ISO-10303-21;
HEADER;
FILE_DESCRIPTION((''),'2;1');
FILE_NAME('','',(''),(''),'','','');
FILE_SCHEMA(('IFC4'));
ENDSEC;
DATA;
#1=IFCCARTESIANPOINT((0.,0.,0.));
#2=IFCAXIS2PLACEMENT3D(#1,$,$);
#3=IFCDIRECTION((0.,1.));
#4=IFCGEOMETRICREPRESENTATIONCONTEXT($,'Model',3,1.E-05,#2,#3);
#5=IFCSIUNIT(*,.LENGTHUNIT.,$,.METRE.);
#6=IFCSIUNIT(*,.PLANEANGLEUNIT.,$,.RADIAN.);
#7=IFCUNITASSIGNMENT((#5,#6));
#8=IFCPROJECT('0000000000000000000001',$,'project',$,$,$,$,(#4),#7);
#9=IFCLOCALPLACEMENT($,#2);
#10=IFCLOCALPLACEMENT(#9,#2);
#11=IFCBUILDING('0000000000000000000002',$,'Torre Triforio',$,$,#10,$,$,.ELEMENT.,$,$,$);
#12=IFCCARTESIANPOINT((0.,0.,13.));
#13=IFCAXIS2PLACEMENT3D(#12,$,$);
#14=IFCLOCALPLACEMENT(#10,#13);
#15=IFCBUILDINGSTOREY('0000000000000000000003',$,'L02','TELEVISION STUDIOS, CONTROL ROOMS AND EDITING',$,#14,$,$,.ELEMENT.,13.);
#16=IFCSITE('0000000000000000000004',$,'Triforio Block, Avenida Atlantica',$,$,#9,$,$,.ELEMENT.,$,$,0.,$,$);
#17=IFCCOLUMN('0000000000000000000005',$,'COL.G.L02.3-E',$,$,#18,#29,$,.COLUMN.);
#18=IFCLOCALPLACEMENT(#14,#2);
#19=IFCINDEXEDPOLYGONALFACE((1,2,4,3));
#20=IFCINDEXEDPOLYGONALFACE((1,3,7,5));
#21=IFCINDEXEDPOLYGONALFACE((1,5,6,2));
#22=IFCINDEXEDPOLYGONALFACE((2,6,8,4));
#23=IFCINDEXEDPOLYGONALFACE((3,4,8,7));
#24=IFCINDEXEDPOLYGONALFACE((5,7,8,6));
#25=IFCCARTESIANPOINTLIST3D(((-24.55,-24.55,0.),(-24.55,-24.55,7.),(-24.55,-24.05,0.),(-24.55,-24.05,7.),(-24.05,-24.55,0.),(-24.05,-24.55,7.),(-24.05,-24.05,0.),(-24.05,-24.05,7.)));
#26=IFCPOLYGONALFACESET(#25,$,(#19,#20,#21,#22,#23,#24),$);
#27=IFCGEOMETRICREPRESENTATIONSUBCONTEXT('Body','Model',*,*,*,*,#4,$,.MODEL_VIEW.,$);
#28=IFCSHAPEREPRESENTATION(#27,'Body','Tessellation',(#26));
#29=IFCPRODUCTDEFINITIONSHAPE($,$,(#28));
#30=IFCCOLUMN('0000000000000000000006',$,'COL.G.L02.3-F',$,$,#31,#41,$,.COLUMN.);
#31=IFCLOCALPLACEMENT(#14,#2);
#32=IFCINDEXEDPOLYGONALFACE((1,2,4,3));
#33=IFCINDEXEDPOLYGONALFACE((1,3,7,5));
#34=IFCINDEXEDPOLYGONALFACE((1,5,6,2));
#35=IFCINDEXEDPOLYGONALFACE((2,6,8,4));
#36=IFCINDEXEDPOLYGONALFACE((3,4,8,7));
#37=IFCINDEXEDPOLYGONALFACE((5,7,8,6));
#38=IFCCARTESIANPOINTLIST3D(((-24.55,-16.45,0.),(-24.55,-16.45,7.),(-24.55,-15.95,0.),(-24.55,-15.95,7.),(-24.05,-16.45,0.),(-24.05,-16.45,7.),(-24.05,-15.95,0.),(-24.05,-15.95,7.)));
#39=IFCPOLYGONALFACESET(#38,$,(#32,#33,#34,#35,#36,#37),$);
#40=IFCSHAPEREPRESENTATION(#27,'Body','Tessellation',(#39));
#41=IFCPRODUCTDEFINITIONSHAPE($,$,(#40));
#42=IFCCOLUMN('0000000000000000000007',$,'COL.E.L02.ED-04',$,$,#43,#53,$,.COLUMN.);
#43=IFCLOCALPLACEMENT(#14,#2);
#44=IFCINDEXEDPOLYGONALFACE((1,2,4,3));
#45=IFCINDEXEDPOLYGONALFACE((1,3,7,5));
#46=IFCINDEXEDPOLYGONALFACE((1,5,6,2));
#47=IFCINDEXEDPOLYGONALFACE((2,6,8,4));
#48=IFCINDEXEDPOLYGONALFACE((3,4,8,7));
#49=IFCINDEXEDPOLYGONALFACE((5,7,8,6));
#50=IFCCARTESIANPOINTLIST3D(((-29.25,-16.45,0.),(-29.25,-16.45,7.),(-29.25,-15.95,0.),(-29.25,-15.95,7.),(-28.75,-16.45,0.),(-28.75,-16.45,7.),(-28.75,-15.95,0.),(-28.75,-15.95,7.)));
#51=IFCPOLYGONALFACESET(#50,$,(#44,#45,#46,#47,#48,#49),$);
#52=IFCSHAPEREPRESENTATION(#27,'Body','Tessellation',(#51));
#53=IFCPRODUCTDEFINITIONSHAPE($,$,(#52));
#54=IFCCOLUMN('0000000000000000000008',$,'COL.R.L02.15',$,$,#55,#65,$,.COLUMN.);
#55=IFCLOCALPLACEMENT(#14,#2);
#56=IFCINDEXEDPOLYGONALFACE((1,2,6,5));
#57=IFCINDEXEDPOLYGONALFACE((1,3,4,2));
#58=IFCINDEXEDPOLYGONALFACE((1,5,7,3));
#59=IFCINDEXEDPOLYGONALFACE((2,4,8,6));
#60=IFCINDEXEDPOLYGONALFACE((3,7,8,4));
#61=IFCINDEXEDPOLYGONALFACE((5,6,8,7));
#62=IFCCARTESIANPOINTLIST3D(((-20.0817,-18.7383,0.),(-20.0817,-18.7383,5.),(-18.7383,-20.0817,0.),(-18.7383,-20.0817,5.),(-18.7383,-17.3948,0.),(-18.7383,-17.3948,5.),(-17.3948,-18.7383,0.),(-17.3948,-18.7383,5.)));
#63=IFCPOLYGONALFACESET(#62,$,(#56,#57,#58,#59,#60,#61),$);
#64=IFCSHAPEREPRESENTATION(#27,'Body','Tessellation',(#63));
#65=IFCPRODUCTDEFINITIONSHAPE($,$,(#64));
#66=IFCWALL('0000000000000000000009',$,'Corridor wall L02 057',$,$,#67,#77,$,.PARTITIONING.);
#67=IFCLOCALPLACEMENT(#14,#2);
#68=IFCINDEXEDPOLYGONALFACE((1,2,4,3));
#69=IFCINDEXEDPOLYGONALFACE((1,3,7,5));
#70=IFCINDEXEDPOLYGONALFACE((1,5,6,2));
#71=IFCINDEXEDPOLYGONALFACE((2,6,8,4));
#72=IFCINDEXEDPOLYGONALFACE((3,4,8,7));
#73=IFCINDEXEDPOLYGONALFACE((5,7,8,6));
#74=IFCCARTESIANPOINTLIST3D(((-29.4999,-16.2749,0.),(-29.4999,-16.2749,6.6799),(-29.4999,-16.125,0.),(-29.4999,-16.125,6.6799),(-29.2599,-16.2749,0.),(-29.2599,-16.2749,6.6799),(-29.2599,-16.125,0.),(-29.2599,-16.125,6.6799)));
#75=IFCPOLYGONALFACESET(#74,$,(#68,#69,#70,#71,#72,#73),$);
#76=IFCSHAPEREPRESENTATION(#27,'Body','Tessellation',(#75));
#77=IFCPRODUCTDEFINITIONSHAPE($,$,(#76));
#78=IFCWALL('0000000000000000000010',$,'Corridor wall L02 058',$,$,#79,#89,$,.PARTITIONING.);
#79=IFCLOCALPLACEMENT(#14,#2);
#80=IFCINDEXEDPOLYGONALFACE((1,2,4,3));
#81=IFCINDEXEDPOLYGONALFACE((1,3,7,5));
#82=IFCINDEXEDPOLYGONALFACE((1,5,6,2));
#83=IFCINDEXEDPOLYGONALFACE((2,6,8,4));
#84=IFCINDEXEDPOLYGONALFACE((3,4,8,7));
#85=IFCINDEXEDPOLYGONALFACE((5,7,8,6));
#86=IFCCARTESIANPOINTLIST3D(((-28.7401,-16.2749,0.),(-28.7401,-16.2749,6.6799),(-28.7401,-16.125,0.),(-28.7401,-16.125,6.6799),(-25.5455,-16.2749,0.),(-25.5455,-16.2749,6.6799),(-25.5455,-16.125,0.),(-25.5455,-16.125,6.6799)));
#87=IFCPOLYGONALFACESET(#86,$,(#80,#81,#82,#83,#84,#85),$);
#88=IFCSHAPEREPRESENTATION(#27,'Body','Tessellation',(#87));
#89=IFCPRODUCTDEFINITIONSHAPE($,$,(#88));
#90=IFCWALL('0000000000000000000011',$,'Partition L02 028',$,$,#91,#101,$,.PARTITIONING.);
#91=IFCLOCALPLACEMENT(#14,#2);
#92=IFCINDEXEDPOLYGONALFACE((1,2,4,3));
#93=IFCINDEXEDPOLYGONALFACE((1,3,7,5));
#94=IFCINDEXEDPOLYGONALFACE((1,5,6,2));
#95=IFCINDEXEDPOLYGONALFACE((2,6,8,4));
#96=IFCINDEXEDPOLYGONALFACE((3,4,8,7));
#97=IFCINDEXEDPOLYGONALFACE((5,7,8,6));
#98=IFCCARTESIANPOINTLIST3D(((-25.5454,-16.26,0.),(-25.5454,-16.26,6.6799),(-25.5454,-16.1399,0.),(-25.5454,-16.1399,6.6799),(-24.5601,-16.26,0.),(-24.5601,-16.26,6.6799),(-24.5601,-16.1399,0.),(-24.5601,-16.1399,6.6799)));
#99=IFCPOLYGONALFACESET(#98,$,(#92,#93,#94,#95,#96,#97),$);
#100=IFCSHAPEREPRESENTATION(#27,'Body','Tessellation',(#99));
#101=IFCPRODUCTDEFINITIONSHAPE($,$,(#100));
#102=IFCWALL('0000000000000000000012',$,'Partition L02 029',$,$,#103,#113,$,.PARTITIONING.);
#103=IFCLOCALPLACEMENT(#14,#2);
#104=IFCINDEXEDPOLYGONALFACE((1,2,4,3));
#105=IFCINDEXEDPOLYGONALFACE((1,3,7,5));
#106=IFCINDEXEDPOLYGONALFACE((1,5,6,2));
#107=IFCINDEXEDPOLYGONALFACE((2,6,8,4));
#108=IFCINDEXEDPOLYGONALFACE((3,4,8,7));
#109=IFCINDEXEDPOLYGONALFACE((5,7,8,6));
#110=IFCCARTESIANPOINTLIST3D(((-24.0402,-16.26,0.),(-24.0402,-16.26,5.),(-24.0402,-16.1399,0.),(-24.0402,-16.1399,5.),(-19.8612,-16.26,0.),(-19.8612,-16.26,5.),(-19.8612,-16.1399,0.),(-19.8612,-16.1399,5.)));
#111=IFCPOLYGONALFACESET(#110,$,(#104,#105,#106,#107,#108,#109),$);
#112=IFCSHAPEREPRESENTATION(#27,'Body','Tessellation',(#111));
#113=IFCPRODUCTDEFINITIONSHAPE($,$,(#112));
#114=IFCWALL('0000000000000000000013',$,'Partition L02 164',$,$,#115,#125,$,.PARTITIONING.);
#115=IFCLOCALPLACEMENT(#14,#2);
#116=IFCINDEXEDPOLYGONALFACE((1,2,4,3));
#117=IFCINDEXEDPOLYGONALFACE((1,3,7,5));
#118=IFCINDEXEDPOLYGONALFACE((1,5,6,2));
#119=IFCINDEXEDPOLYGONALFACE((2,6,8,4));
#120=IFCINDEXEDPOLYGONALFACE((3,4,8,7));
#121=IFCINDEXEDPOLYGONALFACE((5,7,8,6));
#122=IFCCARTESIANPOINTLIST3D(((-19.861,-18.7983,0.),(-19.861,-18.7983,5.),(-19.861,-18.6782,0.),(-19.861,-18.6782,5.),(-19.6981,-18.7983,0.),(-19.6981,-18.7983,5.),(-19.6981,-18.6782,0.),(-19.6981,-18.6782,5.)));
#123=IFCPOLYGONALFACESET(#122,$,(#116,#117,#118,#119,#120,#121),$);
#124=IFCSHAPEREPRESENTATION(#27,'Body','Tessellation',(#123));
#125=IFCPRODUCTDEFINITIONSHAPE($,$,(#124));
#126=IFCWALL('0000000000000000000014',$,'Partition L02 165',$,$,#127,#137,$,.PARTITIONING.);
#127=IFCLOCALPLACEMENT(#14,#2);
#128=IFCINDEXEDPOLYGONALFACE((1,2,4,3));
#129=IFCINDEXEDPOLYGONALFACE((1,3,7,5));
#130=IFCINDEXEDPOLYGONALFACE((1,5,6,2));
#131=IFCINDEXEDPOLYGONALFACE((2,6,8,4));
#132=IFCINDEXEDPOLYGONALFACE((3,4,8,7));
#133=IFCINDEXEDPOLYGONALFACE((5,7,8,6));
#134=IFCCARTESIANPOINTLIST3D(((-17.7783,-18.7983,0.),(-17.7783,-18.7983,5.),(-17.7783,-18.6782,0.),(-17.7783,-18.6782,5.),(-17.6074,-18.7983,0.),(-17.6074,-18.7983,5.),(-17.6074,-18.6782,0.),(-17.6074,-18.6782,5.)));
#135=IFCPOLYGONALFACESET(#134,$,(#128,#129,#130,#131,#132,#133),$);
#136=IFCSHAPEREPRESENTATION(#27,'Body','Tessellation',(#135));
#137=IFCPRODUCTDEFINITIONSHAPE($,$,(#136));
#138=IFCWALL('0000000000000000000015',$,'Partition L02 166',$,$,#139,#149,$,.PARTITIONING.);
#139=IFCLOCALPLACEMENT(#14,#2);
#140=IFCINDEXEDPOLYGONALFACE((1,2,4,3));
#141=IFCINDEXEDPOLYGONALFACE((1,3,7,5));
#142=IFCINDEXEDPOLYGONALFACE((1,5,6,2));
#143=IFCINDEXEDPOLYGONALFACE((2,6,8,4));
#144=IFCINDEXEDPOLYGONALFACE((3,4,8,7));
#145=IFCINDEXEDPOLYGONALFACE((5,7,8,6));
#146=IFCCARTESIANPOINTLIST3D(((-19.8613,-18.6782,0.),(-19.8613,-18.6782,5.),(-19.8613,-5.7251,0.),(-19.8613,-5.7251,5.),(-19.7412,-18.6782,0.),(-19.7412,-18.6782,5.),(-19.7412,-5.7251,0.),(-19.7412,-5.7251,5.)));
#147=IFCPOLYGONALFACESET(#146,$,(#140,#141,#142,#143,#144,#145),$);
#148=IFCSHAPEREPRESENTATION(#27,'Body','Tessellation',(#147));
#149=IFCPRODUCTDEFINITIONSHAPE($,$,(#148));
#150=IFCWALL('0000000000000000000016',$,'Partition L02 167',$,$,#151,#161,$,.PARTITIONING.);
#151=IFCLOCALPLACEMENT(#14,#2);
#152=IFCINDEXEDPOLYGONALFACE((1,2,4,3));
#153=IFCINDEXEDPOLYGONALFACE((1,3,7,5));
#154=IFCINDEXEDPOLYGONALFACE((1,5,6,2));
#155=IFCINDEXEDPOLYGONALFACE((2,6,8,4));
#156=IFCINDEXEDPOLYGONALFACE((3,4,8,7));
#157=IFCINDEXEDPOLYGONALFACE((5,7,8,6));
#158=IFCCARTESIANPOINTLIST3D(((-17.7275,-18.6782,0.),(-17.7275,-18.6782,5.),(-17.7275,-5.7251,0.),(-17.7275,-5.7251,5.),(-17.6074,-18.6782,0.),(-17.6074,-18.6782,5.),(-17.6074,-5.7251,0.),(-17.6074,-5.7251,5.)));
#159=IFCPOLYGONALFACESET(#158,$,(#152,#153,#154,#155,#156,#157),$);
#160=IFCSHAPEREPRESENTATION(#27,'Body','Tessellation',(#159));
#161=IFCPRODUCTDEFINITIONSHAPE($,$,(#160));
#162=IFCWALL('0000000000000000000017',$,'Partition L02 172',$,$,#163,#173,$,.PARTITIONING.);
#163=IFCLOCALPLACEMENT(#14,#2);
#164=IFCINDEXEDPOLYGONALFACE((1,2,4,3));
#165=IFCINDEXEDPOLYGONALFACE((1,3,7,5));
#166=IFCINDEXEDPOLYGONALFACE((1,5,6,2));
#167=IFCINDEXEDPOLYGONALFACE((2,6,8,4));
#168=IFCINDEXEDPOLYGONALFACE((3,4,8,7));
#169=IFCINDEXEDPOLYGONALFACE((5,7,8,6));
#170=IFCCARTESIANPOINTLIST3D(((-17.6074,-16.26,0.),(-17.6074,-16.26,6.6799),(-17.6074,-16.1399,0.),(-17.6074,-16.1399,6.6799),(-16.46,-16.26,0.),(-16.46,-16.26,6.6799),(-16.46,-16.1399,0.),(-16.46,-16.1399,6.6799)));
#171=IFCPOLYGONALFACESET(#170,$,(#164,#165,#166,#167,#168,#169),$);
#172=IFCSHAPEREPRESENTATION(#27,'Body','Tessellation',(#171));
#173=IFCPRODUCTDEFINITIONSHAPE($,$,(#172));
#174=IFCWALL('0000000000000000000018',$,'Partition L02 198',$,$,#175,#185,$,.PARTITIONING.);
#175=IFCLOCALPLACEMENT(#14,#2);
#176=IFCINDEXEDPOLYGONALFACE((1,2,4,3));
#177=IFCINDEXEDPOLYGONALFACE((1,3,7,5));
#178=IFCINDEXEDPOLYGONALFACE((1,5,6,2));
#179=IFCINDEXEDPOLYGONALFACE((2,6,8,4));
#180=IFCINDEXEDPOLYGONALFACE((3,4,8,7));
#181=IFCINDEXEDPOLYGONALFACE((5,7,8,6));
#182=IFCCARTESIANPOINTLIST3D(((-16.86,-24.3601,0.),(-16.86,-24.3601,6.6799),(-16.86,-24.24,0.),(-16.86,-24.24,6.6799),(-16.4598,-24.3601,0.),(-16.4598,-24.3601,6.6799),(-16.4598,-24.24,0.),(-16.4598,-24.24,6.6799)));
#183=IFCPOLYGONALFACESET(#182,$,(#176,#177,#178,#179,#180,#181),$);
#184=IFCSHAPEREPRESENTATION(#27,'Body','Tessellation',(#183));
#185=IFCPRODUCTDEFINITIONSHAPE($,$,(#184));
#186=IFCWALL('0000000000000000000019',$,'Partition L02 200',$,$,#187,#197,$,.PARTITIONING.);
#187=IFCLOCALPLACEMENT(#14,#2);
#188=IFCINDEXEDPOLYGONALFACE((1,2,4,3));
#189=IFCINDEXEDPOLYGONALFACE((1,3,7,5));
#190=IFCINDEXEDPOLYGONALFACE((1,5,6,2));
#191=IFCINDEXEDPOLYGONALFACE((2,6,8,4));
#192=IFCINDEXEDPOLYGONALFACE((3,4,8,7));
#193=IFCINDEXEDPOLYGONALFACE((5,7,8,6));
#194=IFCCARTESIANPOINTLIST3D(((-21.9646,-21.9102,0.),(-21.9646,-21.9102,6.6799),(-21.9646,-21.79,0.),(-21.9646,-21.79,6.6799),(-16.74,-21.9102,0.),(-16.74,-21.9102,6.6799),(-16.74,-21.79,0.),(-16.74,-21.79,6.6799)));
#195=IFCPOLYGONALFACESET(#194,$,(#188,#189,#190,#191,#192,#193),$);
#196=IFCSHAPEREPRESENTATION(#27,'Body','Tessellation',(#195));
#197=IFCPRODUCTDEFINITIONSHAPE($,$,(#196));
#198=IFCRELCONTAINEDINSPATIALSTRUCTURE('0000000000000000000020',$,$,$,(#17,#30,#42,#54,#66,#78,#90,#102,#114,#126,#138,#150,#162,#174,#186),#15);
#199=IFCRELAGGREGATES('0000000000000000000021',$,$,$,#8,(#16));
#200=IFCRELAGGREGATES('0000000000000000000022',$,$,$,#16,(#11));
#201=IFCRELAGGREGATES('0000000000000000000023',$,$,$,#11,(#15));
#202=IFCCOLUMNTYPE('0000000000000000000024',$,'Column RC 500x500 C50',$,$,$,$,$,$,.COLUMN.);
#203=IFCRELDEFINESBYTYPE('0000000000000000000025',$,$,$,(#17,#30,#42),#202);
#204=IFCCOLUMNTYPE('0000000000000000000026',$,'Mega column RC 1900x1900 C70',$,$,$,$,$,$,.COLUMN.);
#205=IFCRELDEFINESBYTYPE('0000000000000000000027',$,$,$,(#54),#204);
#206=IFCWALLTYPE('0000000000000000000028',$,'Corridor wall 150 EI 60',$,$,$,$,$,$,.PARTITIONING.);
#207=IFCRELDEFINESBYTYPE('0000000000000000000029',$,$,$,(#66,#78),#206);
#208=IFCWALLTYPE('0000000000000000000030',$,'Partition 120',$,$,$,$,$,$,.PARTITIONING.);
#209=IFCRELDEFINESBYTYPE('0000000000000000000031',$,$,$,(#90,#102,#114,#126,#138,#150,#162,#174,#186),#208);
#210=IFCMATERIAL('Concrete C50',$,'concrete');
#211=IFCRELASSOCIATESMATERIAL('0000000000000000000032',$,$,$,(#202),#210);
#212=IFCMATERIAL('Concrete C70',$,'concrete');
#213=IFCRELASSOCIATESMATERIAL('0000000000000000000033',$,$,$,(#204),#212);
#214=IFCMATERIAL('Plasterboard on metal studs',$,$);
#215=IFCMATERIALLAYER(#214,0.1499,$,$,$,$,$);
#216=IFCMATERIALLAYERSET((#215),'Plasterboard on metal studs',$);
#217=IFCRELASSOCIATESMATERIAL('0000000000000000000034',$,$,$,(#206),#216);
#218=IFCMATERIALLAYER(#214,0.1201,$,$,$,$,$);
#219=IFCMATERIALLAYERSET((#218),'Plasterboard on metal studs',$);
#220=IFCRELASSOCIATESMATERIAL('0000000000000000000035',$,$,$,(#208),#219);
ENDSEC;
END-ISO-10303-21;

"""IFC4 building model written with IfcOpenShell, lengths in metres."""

from ifc_helpers import new_model, si_unit, direction, frame, frame_2d, origin, origin_2d, place, context, subcontext, project, spatial, rectangle, extrude, material, layer, layer_set, material_profile, profile_set, type_object, element, save


model = new_model("IFC4")

# Units and contexts
model_context = context("Model", 3, precision=1e-05, world=origin(), true_north=direction((0.0, 1.0)))
body_context = subcontext(model_context, "Body", "Model", "MODEL_VIEW")
ifc_project = project(units=[si_unit("LENGTHUNIT", "METRE"), si_unit("PLANEANGLEUNIT", "RADIAN")], contexts=[model_context])

# Site, building, storey
site_placement = place(None, origin())
site = spatial("IfcSite", under=ifc_project, at=site_placement, Name="Triforio Block, Avenida Atlantica", CompositionType="ELEMENT", RefElevation=0.0)
building_placement = place(site_placement, origin())
building = spatial("IfcBuilding", under=site, at=building_placement, Name="Torre Triforio", CompositionType="ELEMENT")
storey_placement = place(building_placement, frame((0.0, 0.0, 13.0)))
storey = spatial("IfcBuildingStorey", under=building, at=storey_placement, Name="L02", Description="TELEVISION STUDIOS, CONTROL ROOMS AND EDITING", CompositionType="ELEMENT", Elevation=13.0)

# Columns
ifc_material_1 = material(Name="Concrete C50", Category="concrete")
ifc_material_profile_1 = material_profile(ifc_material_1, rectangle(XDim=0.5, YDim=0.5, at=origin_2d()), Name="RC 500x500")
ifc_profile_set_1 = profile_set([ifc_material_profile_1], Name="Concrete C50")
column_type_1 = type_object("IfcColumnType", Name="Column RC 500x500 C50", PredefinedType="COLUMN", material=ifc_profile_set_1)
for number, where, z_axis, x_axis, name in (
    (1, (-24.3, -24.3, 0.0), (0.0, 0.0, 1.0), (1.0, 0.0, 0.0), "COL.G.L02.3-E"),
    (2, (-24.3, -16.2, 0.0), (0.0, 0.0, 1.0), (1.0, 0.0, 0.0), "COL.G.L02.3-F"),
    (3, (-29.0, -16.2, 0.0), (0.0, 0.0, 1.0), (1.0, 0.0, 0.0), "COL.E.L02.ED-04"),
):
    element("IfcColumn", number, at=place(storey_placement, frame(where, z_axis=z_axis, x_axis=x_axis)), inside=storey, type_object=column_type_1, Name=name, PredefinedType="COLUMN", context=body_context, shape_type="SweptSolid", body=[
        extrude(rectangle(XDim=0.5, YDim=0.5, at=origin_2d()), origin(), (0.0, 0.0, 1.0), 7.0),
    ])
ifc_material_2 = material(Name="Concrete C70", Category="concrete")
ifc_material_profile_2 = material_profile(ifc_material_2, rectangle(XDim=1.8999, YDim=1.8999, at=origin_2d()), Name="RC 1900x1900")
ifc_profile_set_2 = profile_set([ifc_material_profile_2], Name="Concrete C70")
column_type_2 = type_object("IfcColumnType", Name="Mega column RC 1900x1900 C70", PredefinedType="COLUMN", material=ifc_profile_set_2)
column_placement = place(storey_placement, frame((-18.7383, -18.7383, 0.0), z_axis=(0.0, 0.0, 1.0), x_axis=(0.707107, -0.707107, 0.0)))
element("IfcColumn", 4, at=column_placement, inside=storey, type_object=column_type_2, Name="COL.R.L02.15", PredefinedType="COLUMN", context=body_context, shape_type="SweptSolid", body=[
    extrude(rectangle(XDim=1.8999, YDim=1.8999, at=origin_2d()), origin(), (0.0, 0.0, 1.0), 5.0),
])

# Walls
ifc_material_3 = material(Name="Plasterboard on metal studs")
ifc_layer_1 = layer(ifc_material_3, 0.1499)
ifc_layer_set_1 = layer_set([ifc_layer_1], Name="Plasterboard on metal studs")
wall_type_1 = type_object("IfcWallType", Name="Corridor wall 150 EI 60", PredefinedType="PARTITIONING", material=ifc_layer_set_1)
wall_1_placement = place(storey_placement, frame((-29.5, -16.2, 0.0), z_axis=(0.0, 0.0, 1.0), x_axis=(1.0, 0.0, 0.0)))
element("IfcWall", 5, at=wall_1_placement, inside=storey, type_object=wall_type_1, Name="Corridor wall L02 057", PredefinedType="PARTITIONING", context=body_context, shape_type="SweptSolid", body=[
    extrude(rectangle(XDim=0.24, YDim=0.1499, at=frame_2d((0.1201, 0.0))), origin(), (0.0, 0.0, 1.0), 6.6799),
])
wall_2_placement = place(storey_placement, frame((-28.74, -16.2, 0.0), z_axis=(0.0, 0.0, 1.0), x_axis=(1.0, 0.0, 0.0)))
element("IfcWall", 6, at=wall_2_placement, inside=storey, type_object=wall_type_1, Name="Corridor wall L02 058", PredefinedType="PARTITIONING", context=body_context, shape_type="SweptSolid", body=[
    extrude(rectangle(XDim=3.1946, YDim=0.1499, at=frame_2d((1.5972, 0.0))), origin(), (0.0, 0.0, 1.0), 6.6799),
])
ifc_layer_2 = layer(ifc_material_3, 0.1201)
ifc_layer_set_2 = layer_set([ifc_layer_2], Name="Plasterboard on metal studs")
wall_type_2 = type_object("IfcWallType", Name="Partition 120", PredefinedType="PARTITIONING", material=ifc_layer_set_2)
wall_3_placement = place(storey_placement, frame((-25.5454, -16.2, 0.0), z_axis=(0.0, 0.0, 1.0), x_axis=(1.0, 0.0, 0.0)))
element("IfcWall", 7, at=wall_3_placement, inside=storey, type_object=wall_type_2, Name="Partition L02 028", PredefinedType="PARTITIONING", context=body_context, shape_type="SweptSolid", body=[
    extrude(rectangle(XDim=0.9854, YDim=0.1201, at=frame_2d((0.4927, 0.0))), origin(), (0.0, 0.0, 1.0), 6.6799),
])
wall_4_placement = place(storey_placement, frame((-24.04, -16.2, 0.0), z_axis=(0.0, 0.0, 1.0), x_axis=(1.0, 0.0, 0.0)))
element("IfcWall", 8, at=wall_4_placement, inside=storey, type_object=wall_type_2, Name="Partition L02 029", PredefinedType="PARTITIONING", context=body_context, shape_type="SweptSolid", body=[
    extrude(rectangle(XDim=4.179, YDim=0.1201, at=frame_2d((2.0894, 0.0))), origin(), (0.0, 0.0, 1.0), 5.0),
])
wall_5_placement = place(storey_placement, frame((-19.8611, -18.7383, 0.0), z_axis=(0.0, 0.0, 1.0), x_axis=(1.0, 0.0, 0.0)))
element("IfcWall", 9, at=wall_5_placement, inside=storey, type_object=wall_type_2, Name="Partition L02 164", PredefinedType="PARTITIONING", context=body_context, shape_type="SweptSolid", body=[
    extrude(rectangle(XDim=0.1628, YDim=0.1201, at=frame_2d((0.0815, 0.0))), origin(), (0.0, 0.0, 1.0), 5.0),
])
wall_6_placement = place(storey_placement, frame((-17.7783, -18.7383, 0.0), z_axis=(0.0, 0.0, 1.0), x_axis=(1.0, 0.0, 0.0)))
element("IfcWall", 10, at=wall_6_placement, inside=storey, type_object=wall_type_2, Name="Partition L02 165", PredefinedType="PARTITIONING", context=body_context, shape_type="SweptSolid", body=[
    extrude(rectangle(XDim=0.1709, YDim=0.1201, at=frame_2d((0.0854, 0.0))), origin(), (0.0, 0.0, 1.0), 5.0),
])
for number, where, z_axis, x_axis, name in (
    (11, (-19.8013, -18.6782, 0.0), (0.0, 0.0, 1.0), (0.0, 1.0, 0.0), "Partition L02 166"),
    (12, (-17.6675, -18.6782, 0.0), (0.0, 0.0, 1.0), (0.0, 1.0, 0.0), "Partition L02 167"),
):
    element("IfcWall", number, at=place(storey_placement, frame(where, z_axis=z_axis, x_axis=x_axis)), inside=storey, type_object=wall_type_2, Name=name, PredefinedType="PARTITIONING", context=body_context, shape_type="SweptSolid", body=[
        extrude(rectangle(XDim=12.9531, YDim=0.1201, at=frame_2d((6.4766, 0.0))), origin(), (0.0, 0.0, 1.0), 5.0),
    ])
wall_7_placement = place(storey_placement, frame((-17.6074, -16.2, 0.0), z_axis=(0.0, 0.0, 1.0), x_axis=(1.0, 0.0, 0.0)))
element("IfcWall", 13, at=wall_7_placement, inside=storey, type_object=wall_type_2, Name="Partition L02 172", PredefinedType="PARTITIONING", context=body_context, shape_type="SweptSolid", body=[
    extrude(rectangle(XDim=1.1475, YDim=0.1201, at=frame_2d((0.5737, 0.0))), origin(), (0.0, 0.0, 1.0), 6.6799),
])
wall_8_placement = place(storey_placement, frame((-16.8601, -24.3, 0.0), z_axis=(0.0, 0.0, 1.0), x_axis=(1.0, 0.0, 0.0)))
element("IfcWall", 14, at=wall_8_placement, inside=storey, type_object=wall_type_2, Name="Partition L02 198", PredefinedType="PARTITIONING", context=body_context, shape_type="SweptSolid", body=[
    extrude(rectangle(XDim=0.4001, YDim=0.1201, at=frame_2d((0.2002, 0.0))), origin(), (0.0, 0.0, 1.0), 6.6799),
])
wall_9_placement = place(storey_placement, frame((-21.9646, -21.8501, 0.0), z_axis=(0.0, 0.0, 1.0), x_axis=(1.0, 0.0, 0.0)))
element("IfcWall", 15, at=wall_9_placement, inside=storey, type_object=wall_type_2, Name="Partition L02 200", PredefinedType="PARTITIONING", context=body_context, shape_type="SweptSolid", body=[
    extrude(rectangle(XDim=5.2246, YDim=0.1201, at=frame_2d((2.6123, 0.0))), origin(), (0.0, 0.0, 1.0), 6.6799),
])

save(model, "model.ifc")
